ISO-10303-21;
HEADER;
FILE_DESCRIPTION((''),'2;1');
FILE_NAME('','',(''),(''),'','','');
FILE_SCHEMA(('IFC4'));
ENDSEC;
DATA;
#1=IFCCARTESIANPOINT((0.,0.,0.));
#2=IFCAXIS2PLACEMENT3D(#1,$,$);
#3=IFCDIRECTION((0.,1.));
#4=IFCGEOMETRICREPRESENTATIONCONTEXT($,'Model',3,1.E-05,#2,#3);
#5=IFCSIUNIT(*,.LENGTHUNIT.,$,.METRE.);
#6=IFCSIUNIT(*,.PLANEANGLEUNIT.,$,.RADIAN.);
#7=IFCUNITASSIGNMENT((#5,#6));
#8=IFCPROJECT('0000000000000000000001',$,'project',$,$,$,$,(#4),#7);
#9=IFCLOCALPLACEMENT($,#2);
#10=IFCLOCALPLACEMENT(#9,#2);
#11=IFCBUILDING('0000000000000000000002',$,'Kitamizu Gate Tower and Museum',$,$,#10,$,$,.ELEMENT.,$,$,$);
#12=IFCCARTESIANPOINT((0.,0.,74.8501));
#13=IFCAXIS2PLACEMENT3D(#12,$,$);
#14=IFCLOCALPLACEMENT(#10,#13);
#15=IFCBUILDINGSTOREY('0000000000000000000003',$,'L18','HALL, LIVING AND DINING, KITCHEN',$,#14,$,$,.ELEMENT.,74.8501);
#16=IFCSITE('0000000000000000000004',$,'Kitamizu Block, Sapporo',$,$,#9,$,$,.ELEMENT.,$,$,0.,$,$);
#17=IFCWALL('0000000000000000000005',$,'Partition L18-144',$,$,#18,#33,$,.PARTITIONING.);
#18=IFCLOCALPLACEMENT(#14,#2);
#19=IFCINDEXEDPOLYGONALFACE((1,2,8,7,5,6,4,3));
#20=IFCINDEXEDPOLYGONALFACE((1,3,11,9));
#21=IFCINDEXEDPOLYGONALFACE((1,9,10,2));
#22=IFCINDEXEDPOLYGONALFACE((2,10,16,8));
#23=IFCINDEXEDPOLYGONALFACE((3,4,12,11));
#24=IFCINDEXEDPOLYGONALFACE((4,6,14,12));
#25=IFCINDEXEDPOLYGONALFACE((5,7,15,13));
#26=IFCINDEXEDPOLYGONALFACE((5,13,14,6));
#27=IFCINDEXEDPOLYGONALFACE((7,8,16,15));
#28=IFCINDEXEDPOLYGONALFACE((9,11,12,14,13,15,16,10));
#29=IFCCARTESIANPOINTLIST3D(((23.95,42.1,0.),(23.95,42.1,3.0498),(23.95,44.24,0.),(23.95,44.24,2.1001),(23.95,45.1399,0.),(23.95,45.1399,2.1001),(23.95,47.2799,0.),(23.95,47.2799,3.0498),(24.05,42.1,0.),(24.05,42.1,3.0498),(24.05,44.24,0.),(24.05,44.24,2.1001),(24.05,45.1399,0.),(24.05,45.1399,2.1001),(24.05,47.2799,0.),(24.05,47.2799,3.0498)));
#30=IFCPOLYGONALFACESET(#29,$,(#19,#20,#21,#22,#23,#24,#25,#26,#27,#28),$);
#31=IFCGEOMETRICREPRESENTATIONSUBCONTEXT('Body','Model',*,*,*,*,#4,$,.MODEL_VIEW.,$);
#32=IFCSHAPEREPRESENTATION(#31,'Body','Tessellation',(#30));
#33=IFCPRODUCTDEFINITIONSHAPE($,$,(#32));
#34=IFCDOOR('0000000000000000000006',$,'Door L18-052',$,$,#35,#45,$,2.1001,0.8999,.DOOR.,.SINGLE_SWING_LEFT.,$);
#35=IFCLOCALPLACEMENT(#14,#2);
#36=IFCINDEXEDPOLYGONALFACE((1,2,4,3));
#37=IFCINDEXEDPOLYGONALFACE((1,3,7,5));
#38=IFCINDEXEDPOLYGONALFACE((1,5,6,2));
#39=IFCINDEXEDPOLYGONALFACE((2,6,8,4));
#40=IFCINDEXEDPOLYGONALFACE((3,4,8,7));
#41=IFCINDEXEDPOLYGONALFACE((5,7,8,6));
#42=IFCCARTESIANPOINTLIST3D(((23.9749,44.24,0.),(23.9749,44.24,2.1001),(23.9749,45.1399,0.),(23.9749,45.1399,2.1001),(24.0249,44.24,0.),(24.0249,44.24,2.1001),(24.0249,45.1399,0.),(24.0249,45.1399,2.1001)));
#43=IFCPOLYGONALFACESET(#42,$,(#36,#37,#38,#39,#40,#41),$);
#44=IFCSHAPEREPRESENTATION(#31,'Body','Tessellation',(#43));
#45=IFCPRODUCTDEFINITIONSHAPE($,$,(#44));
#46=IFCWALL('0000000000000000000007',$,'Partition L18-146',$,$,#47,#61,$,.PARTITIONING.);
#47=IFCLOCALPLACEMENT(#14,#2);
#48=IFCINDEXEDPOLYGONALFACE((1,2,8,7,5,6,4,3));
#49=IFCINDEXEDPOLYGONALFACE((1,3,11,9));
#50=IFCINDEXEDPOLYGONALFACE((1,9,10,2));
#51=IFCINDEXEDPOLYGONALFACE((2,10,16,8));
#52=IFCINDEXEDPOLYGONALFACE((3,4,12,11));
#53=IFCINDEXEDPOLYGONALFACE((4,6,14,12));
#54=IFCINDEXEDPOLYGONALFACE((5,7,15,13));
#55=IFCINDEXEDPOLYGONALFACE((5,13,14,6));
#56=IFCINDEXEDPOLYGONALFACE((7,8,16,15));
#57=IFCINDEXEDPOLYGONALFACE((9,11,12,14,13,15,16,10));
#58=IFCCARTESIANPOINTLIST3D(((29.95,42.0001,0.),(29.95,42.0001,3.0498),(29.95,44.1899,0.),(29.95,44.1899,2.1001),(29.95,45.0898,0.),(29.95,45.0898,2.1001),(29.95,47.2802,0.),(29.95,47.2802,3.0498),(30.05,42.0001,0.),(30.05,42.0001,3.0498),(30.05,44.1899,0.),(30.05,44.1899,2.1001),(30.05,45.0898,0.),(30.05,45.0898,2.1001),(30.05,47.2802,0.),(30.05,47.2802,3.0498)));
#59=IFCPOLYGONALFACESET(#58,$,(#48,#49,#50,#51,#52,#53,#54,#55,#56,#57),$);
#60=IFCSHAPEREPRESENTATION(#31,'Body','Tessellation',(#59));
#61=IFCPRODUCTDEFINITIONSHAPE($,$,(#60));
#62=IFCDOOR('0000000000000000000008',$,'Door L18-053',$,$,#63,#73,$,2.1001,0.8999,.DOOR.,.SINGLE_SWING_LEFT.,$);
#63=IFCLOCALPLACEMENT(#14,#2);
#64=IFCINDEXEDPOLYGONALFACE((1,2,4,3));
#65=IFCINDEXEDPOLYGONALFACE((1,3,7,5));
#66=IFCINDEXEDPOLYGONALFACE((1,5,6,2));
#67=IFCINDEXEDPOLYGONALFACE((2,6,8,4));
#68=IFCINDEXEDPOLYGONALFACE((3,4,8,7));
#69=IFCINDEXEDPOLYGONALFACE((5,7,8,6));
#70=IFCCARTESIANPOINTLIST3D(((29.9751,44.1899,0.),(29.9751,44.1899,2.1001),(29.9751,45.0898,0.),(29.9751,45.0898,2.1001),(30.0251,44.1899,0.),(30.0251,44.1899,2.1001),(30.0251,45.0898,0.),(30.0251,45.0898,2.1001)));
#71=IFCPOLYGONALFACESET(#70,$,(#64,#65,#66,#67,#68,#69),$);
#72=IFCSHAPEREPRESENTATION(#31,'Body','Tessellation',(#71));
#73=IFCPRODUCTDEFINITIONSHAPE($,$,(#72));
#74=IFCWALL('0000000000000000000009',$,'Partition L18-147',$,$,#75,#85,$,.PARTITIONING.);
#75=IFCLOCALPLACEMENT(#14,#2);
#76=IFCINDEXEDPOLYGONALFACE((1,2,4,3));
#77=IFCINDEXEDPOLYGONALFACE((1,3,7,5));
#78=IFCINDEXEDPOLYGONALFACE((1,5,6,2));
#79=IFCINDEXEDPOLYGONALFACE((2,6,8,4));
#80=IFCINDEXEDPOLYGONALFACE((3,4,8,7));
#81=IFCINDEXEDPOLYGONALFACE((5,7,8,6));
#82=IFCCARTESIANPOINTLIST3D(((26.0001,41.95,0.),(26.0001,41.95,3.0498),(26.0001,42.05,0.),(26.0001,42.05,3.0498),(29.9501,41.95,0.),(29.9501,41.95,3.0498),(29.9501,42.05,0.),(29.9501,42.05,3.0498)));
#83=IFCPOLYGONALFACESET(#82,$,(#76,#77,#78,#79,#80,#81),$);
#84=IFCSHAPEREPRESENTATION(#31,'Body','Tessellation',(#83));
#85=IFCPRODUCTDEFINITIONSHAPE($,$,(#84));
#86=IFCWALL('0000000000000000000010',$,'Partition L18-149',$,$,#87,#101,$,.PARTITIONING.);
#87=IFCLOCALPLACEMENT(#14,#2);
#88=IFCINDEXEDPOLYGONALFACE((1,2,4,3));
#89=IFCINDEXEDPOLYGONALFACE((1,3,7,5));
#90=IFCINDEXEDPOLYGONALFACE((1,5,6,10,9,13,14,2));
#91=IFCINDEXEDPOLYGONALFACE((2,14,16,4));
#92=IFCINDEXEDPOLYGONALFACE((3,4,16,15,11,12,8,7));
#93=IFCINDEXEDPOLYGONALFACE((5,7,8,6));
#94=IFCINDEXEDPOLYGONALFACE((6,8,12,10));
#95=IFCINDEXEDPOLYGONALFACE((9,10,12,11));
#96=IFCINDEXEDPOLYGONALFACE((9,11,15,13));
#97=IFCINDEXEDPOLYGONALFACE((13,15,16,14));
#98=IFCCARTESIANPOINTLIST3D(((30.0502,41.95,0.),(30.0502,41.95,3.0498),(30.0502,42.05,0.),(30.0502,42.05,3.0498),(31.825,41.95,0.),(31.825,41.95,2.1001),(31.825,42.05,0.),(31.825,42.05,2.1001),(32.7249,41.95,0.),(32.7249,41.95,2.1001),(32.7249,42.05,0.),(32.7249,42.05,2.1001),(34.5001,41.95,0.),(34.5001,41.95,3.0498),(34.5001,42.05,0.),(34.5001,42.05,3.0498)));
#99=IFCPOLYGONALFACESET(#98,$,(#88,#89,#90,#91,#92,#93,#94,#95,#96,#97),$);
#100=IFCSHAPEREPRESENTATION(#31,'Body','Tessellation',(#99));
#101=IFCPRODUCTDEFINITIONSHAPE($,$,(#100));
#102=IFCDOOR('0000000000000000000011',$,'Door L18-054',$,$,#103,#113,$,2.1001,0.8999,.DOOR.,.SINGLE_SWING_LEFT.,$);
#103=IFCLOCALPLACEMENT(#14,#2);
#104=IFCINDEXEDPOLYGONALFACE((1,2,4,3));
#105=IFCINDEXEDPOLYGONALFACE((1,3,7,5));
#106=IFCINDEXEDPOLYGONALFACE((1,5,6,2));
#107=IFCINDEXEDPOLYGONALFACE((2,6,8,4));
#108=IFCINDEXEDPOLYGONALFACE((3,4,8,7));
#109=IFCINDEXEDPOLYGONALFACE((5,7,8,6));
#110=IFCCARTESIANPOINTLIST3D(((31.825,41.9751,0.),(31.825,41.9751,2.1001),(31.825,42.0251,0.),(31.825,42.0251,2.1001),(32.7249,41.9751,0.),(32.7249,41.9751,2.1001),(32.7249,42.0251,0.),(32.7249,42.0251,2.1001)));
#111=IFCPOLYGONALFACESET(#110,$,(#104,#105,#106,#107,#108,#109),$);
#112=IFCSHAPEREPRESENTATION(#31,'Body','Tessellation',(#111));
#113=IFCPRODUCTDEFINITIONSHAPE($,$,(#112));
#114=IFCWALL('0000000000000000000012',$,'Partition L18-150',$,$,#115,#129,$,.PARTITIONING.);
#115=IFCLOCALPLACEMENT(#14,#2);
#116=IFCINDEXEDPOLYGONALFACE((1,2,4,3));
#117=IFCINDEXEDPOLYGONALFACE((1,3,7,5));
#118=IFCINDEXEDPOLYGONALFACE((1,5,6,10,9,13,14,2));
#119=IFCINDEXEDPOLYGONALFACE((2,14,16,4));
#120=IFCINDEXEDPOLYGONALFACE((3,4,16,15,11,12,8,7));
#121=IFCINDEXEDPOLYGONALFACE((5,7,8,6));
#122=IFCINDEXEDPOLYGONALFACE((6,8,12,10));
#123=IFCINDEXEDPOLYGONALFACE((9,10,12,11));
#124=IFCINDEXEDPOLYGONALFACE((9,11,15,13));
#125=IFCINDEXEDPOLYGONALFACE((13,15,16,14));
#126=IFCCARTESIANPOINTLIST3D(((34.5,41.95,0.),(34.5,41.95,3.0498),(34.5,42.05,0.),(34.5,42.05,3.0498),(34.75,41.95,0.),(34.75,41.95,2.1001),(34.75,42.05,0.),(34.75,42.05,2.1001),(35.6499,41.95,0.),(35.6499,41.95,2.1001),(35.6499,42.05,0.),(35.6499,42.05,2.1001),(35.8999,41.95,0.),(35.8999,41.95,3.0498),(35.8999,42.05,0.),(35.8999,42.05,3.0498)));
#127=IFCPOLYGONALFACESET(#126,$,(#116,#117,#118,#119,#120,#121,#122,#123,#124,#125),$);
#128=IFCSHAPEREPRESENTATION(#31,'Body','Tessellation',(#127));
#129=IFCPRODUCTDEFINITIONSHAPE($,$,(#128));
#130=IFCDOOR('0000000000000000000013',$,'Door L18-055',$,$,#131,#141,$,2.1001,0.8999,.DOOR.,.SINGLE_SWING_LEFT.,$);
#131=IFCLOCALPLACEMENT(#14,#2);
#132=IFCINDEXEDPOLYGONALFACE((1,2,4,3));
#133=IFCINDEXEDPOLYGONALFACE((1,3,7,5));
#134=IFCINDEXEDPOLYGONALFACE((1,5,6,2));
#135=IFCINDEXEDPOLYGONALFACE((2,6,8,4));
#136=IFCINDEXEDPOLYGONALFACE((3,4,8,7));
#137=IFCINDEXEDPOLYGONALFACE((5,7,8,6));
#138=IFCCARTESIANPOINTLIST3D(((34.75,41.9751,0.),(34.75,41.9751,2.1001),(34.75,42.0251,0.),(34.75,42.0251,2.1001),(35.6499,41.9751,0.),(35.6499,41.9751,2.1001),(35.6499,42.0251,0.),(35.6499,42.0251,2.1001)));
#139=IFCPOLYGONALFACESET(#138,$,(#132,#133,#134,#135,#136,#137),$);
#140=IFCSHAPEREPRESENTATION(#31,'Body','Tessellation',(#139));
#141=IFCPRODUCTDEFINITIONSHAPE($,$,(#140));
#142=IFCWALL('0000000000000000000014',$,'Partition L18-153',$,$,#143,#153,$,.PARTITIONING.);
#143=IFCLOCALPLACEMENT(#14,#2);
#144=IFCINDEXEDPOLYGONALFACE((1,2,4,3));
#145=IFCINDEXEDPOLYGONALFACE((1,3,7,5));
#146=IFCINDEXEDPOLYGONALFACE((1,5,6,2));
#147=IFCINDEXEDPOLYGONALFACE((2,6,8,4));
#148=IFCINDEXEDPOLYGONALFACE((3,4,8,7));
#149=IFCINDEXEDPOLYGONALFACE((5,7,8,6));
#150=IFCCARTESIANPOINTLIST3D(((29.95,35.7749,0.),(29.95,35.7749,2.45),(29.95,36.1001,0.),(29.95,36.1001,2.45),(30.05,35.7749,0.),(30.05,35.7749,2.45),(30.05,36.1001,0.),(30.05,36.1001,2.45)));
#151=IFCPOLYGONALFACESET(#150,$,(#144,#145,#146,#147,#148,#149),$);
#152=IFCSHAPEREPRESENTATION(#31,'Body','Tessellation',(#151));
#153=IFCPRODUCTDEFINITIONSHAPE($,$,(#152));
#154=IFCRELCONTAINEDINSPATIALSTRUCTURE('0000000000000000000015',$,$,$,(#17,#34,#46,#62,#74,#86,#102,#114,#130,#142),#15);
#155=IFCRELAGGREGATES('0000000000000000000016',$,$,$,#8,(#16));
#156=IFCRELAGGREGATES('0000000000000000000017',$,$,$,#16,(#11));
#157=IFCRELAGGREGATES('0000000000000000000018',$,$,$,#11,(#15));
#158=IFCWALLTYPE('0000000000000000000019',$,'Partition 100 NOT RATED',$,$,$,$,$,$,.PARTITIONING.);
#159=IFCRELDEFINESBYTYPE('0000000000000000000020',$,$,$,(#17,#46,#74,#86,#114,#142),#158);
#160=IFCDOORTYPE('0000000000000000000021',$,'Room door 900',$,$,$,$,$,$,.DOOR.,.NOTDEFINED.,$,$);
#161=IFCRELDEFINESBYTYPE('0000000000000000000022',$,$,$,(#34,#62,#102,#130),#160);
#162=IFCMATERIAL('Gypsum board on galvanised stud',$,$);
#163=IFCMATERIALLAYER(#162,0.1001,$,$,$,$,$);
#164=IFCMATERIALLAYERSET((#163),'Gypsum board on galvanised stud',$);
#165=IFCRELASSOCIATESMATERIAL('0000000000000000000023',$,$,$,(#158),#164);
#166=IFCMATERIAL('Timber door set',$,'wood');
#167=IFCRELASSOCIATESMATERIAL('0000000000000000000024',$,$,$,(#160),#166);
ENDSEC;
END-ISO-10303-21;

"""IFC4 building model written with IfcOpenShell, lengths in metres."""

from ifc_helpers import new_model, si_unit, direction, frame, frame_2d, origin, place, context, subcontext, project, spatial, rectangle, extrude, material, layer, layer_set, type_object, element, fill, save


model = new_model("IFC4")

# Units and contexts
model_context = context("Model", 3, precision=1e-05, world=origin(), true_north=direction((0.0, 1.0)))
body_context = subcontext(model_context, "Body", "Model", "MODEL_VIEW")
ifc_project = project(units=[si_unit("LENGTHUNIT", "METRE"), si_unit("PLANEANGLEUNIT", "RADIAN")], contexts=[model_context])

# Site, building, storey
site_placement = place(None, origin())
site = spatial("IfcSite", under=ifc_project, at=site_placement, Name="Kitamizu Block, Sapporo", CompositionType="ELEMENT", RefElevation=0.0)
building_placement = place(site_placement, origin())
building = spatial("IfcBuilding", under=site, at=building_placement, Name="Kitamizu Gate Tower and Museum", CompositionType="ELEMENT")
storey_placement = place(building_placement, frame((0.0, 0.0, 74.8501)))
storey = spatial("IfcBuildingStorey", under=building, at=storey_placement, Name="L18", Description="HALL, LIVING AND DINING, KITCHEN", CompositionType="ELEMENT", Elevation=74.8501)

# Walls, openings, doors
ifc_material_1 = material(Name="Gypsum board on galvanised stud")
ifc_layer_1 = layer(ifc_material_1, 0.1001)
ifc_layer_set_1 = layer_set([ifc_layer_1], Name="Gypsum board on galvanised stud")
wall_type_1 = type_object("IfcWallType", Name="Partition 100 NOT RATED", PredefinedType="PARTITIONING", material=ifc_layer_set_1)
wall_1_placement = place(storey_placement, frame((24.0, 42.1001, 0.0), z_axis=(0.0, 0.0, 1.0), x_axis=(0.0, 1.0, 0.0)))
wall_1 = element("IfcWall", 1, at=wall_1_placement, inside=storey, type_object=wall_type_1, Name="Partition L18-144", PredefinedType="PARTITIONING", context=body_context, shape_type="SweptSolid", body=[
    extrude(rectangle(XDim=5.1799, YDim=0.1001, at=frame_2d((2.5898, 0.0))), origin(), (0.0, 0.0, 1.0), 3.0498),
])
opening_1_placement = place(wall_1_placement, frame((2.1399, 0.0, 0.0)))
opening_1 = element("IfcOpeningElement", 2, at=opening_1_placement, cuts=wall_1, PredefinedType="OPENING", context=body_context, shape_type="SweptSolid", body=[
    extrude(rectangle(XDim=0.8999, YDim=2.1001, at=frame_2d((0.45, 1.05))), frame((0.0, 0.0601, 0.0), z_axis=(0.0, -1.0, 0.0), x_axis=(1.0, 0.0, 0.0)), (0.0, 0.0, 1.0), 0.1201),
])
ifc_material_2 = material(Name="Timber door set", Category="wood")
door_type_1 = type_object("IfcDoorType", Name="Room door 900", OperationType="NOTDEFINED", PredefinedType="DOOR", material=ifc_material_2)
door_1_placement = place(opening_1_placement, frame((0.8999, 0.0, 0.0), x_axis=(-1.0, 0.0, 0.0)))
door_1 = element("IfcDoor", 3, at=door_1_placement, inside=storey, type_object=door_type_1, Name="Door L18-052", OperationType="SINGLE_SWING_LEFT", OverallHeight=2.1001, OverallWidth=0.8999, PredefinedType="DOOR", context=body_context, shape_type="SweptSolid", body=[
    extrude(rectangle(XDim=0.8999, YDim=2.1001, at=frame_2d((0.45, 1.05))), frame((0.0, 0.0249, 0.0), z_axis=(0.0, -1.0, 0.0), x_axis=(1.0, 0.0, 0.0)), (0.0, 0.0, 1.0), 0.05),
])
fill(opening_1, door_1)
wall_2_placement = place(storey_placement, frame((30.0, 42.0, 0.0), z_axis=(0.0, 0.0, 1.0), x_axis=(0.0, 1.0, 0.0)))
wall_2 = element("IfcWall", 4, at=wall_2_placement, inside=storey, type_object=wall_type_1, Name="Partition L18-146", PredefinedType="PARTITIONING", context=body_context, shape_type="SweptSolid", body=[
    extrude(rectangle(XDim=5.28, YDim=0.1001, at=frame_2d((2.6401, 0.0))), origin(), (0.0, 0.0, 1.0), 3.0498),
])
opening_2_placement = place(wall_2_placement, frame((2.1899, 0.0, 0.0)))
opening_2 = element("IfcOpeningElement", 5, at=opening_2_placement, cuts=wall_2, PredefinedType="OPENING", context=body_context, shape_type="SweptSolid", body=[
    extrude(rectangle(XDim=0.8999, YDim=2.1001, at=frame_2d((0.45, 1.05))), frame((0.0, 0.0601, 0.0), z_axis=(0.0, -1.0, 0.0), x_axis=(1.0, 0.0, 0.0)), (0.0, 0.0, 1.0), 0.1201),
])
door_2_placement = place(opening_2_placement, origin())
door_2 = element("IfcDoor", 6, at=door_2_placement, inside=storey, type_object=door_type_1, Name="Door L18-053", OperationType="SINGLE_SWING_LEFT", OverallHeight=2.1001, OverallWidth=0.8999, PredefinedType="DOOR", context=body_context, shape_type="SweptSolid", body=[
    extrude(rectangle(XDim=0.8999, YDim=2.1001, at=frame_2d((0.45, 1.05))), frame((0.0, 0.0249, 0.0), z_axis=(0.0, -1.0, 0.0), x_axis=(1.0, 0.0, 0.0)), (0.0, 0.0, 1.0), 0.05),
])
fill(opening_2, door_2)

# Wall
wall_3_placement = place(storey_placement, frame((26.0, 42.0, 0.0), z_axis=(0.0, 0.0, 1.0), x_axis=(1.0, 0.0, 0.0)))
element("IfcWall", 7, at=wall_3_placement, inside=storey, type_object=wall_type_1, Name="Partition L18-147", PredefinedType="PARTITIONING", context=body_context, shape_type="SweptSolid", body=[
    extrude(rectangle(XDim=3.95, YDim=0.1001, at=frame_2d((1.9751, 0.0))), origin(), (0.0, 0.0, 1.0), 3.0498),
])

# Walls, openings, doors
wall_4_placement = place(storey_placement, frame((30.05, 42.0, 0.0), z_axis=(0.0, 0.0, 1.0), x_axis=(1.0, 0.0, 0.0)))
wall_4 = element("IfcWall", 8, at=wall_4_placement, inside=storey, type_object=wall_type_1, Name="Partition L18-149", PredefinedType="PARTITIONING", context=body_context, shape_type="SweptSolid", body=[
    extrude(rectangle(XDim=4.45, YDim=0.1001, at=frame_2d((2.2251, 0.0))), origin(), (0.0, 0.0, 1.0), 3.0498),
])
opening_3_placement = place(wall_4_placement, frame((1.7749, 0.0, 0.0)))
opening_3 = element("IfcOpeningElement", 9, at=opening_3_placement, cuts=wall_4, PredefinedType="OPENING", context=body_context, shape_type="SweptSolid", body=[
    extrude(rectangle(XDim=0.8999, YDim=2.1001, at=frame_2d((0.45, 1.05))), frame((0.0, 0.0601, 0.0), z_axis=(0.0, -1.0, 0.0), x_axis=(1.0, 0.0, 0.0)), (0.0, 0.0, 1.0), 0.1201),
])
door_3_placement = place(opening_3_placement, frame((0.8999, 0.0, 0.0), x_axis=(-1.0, 0.0, 0.0)))
door_3 = element("IfcDoor", 10, at=door_3_placement, inside=storey, type_object=door_type_1, Name="Door L18-054", OperationType="SINGLE_SWING_LEFT", OverallHeight=2.1001, OverallWidth=0.8999, PredefinedType="DOOR", context=body_context, shape_type="SweptSolid", body=[
    extrude(rectangle(XDim=0.8999, YDim=2.1001, at=frame_2d((0.45, 1.05))), frame((0.0, 0.0249, 0.0), z_axis=(0.0, -1.0, 0.0), x_axis=(1.0, 0.0, 0.0)), (0.0, 0.0, 1.0), 0.05),
])
fill(opening_3, door_3)
wall_5_placement = place(storey_placement, frame((34.5, 42.0, 0.0), z_axis=(0.0, 0.0, 1.0), x_axis=(1.0, 0.0, 0.0)))
wall_5 = element("IfcWall", 11, at=wall_5_placement, inside=storey, type_object=wall_type_1, Name="Partition L18-150", PredefinedType="PARTITIONING", context=body_context, shape_type="SweptSolid", body=[
    extrude(rectangle(XDim=1.3999, YDim=0.1001, at=frame_2d((0.7, 0.0))), origin(), (0.0, 0.0, 1.0), 3.0498),
])
opening_4_placement = place(wall_5_placement, frame((0.25, 0.0, 0.0)))
opening_4 = element("IfcOpeningElement", 12, at=opening_4_placement, cuts=wall_5, PredefinedType="OPENING", context=body_context, shape_type="SweptSolid", body=[
    extrude(rectangle(XDim=0.8999, YDim=2.1001, at=frame_2d((0.45, 1.05))), frame((0.0, 0.0601, 0.0), z_axis=(0.0, -1.0, 0.0), x_axis=(1.0, 0.0, 0.0)), (0.0, 0.0, 1.0), 0.1201),
])
door_4_placement = place(opening_4_placement, frame((0.8999, 0.0, 0.0), x_axis=(-1.0, 0.0, 0.0)))
door_4 = element("IfcDoor", 13, at=door_4_placement, inside=storey, type_object=door_type_1, Name="Door L18-055", OperationType="SINGLE_SWING_LEFT", OverallHeight=2.1001, OverallWidth=0.8999, PredefinedType="DOOR", context=body_context, shape_type="SweptSolid", body=[
    extrude(rectangle(XDim=0.8999, YDim=2.1001, at=frame_2d((0.45, 1.05))), frame((0.0, 0.0249, 0.0), z_axis=(0.0, -1.0, 0.0), x_axis=(1.0, 0.0, 0.0)), (0.0, 0.0, 1.0), 0.05),
])
fill(opening_4, door_4)

# Wall
wall_6_placement = place(storey_placement, frame((30.0, 35.7749, 0.0), z_axis=(0.0, 0.0, 1.0), x_axis=(0.0, 1.0, 0.0)))
element("IfcWall", 14, at=wall_6_placement, inside=storey, type_object=wall_type_1, Name="Partition L18-153", PredefinedType="PARTITIONING", context=body_context, shape_type="SweptSolid", body=[
    extrude(rectangle(XDim=0.3252, YDim=0.1001, at=frame_2d((0.1626, 0.0))), origin(), (0.0, 0.0, 1.0), 2.45),
])

save(model, "model.ifc")
